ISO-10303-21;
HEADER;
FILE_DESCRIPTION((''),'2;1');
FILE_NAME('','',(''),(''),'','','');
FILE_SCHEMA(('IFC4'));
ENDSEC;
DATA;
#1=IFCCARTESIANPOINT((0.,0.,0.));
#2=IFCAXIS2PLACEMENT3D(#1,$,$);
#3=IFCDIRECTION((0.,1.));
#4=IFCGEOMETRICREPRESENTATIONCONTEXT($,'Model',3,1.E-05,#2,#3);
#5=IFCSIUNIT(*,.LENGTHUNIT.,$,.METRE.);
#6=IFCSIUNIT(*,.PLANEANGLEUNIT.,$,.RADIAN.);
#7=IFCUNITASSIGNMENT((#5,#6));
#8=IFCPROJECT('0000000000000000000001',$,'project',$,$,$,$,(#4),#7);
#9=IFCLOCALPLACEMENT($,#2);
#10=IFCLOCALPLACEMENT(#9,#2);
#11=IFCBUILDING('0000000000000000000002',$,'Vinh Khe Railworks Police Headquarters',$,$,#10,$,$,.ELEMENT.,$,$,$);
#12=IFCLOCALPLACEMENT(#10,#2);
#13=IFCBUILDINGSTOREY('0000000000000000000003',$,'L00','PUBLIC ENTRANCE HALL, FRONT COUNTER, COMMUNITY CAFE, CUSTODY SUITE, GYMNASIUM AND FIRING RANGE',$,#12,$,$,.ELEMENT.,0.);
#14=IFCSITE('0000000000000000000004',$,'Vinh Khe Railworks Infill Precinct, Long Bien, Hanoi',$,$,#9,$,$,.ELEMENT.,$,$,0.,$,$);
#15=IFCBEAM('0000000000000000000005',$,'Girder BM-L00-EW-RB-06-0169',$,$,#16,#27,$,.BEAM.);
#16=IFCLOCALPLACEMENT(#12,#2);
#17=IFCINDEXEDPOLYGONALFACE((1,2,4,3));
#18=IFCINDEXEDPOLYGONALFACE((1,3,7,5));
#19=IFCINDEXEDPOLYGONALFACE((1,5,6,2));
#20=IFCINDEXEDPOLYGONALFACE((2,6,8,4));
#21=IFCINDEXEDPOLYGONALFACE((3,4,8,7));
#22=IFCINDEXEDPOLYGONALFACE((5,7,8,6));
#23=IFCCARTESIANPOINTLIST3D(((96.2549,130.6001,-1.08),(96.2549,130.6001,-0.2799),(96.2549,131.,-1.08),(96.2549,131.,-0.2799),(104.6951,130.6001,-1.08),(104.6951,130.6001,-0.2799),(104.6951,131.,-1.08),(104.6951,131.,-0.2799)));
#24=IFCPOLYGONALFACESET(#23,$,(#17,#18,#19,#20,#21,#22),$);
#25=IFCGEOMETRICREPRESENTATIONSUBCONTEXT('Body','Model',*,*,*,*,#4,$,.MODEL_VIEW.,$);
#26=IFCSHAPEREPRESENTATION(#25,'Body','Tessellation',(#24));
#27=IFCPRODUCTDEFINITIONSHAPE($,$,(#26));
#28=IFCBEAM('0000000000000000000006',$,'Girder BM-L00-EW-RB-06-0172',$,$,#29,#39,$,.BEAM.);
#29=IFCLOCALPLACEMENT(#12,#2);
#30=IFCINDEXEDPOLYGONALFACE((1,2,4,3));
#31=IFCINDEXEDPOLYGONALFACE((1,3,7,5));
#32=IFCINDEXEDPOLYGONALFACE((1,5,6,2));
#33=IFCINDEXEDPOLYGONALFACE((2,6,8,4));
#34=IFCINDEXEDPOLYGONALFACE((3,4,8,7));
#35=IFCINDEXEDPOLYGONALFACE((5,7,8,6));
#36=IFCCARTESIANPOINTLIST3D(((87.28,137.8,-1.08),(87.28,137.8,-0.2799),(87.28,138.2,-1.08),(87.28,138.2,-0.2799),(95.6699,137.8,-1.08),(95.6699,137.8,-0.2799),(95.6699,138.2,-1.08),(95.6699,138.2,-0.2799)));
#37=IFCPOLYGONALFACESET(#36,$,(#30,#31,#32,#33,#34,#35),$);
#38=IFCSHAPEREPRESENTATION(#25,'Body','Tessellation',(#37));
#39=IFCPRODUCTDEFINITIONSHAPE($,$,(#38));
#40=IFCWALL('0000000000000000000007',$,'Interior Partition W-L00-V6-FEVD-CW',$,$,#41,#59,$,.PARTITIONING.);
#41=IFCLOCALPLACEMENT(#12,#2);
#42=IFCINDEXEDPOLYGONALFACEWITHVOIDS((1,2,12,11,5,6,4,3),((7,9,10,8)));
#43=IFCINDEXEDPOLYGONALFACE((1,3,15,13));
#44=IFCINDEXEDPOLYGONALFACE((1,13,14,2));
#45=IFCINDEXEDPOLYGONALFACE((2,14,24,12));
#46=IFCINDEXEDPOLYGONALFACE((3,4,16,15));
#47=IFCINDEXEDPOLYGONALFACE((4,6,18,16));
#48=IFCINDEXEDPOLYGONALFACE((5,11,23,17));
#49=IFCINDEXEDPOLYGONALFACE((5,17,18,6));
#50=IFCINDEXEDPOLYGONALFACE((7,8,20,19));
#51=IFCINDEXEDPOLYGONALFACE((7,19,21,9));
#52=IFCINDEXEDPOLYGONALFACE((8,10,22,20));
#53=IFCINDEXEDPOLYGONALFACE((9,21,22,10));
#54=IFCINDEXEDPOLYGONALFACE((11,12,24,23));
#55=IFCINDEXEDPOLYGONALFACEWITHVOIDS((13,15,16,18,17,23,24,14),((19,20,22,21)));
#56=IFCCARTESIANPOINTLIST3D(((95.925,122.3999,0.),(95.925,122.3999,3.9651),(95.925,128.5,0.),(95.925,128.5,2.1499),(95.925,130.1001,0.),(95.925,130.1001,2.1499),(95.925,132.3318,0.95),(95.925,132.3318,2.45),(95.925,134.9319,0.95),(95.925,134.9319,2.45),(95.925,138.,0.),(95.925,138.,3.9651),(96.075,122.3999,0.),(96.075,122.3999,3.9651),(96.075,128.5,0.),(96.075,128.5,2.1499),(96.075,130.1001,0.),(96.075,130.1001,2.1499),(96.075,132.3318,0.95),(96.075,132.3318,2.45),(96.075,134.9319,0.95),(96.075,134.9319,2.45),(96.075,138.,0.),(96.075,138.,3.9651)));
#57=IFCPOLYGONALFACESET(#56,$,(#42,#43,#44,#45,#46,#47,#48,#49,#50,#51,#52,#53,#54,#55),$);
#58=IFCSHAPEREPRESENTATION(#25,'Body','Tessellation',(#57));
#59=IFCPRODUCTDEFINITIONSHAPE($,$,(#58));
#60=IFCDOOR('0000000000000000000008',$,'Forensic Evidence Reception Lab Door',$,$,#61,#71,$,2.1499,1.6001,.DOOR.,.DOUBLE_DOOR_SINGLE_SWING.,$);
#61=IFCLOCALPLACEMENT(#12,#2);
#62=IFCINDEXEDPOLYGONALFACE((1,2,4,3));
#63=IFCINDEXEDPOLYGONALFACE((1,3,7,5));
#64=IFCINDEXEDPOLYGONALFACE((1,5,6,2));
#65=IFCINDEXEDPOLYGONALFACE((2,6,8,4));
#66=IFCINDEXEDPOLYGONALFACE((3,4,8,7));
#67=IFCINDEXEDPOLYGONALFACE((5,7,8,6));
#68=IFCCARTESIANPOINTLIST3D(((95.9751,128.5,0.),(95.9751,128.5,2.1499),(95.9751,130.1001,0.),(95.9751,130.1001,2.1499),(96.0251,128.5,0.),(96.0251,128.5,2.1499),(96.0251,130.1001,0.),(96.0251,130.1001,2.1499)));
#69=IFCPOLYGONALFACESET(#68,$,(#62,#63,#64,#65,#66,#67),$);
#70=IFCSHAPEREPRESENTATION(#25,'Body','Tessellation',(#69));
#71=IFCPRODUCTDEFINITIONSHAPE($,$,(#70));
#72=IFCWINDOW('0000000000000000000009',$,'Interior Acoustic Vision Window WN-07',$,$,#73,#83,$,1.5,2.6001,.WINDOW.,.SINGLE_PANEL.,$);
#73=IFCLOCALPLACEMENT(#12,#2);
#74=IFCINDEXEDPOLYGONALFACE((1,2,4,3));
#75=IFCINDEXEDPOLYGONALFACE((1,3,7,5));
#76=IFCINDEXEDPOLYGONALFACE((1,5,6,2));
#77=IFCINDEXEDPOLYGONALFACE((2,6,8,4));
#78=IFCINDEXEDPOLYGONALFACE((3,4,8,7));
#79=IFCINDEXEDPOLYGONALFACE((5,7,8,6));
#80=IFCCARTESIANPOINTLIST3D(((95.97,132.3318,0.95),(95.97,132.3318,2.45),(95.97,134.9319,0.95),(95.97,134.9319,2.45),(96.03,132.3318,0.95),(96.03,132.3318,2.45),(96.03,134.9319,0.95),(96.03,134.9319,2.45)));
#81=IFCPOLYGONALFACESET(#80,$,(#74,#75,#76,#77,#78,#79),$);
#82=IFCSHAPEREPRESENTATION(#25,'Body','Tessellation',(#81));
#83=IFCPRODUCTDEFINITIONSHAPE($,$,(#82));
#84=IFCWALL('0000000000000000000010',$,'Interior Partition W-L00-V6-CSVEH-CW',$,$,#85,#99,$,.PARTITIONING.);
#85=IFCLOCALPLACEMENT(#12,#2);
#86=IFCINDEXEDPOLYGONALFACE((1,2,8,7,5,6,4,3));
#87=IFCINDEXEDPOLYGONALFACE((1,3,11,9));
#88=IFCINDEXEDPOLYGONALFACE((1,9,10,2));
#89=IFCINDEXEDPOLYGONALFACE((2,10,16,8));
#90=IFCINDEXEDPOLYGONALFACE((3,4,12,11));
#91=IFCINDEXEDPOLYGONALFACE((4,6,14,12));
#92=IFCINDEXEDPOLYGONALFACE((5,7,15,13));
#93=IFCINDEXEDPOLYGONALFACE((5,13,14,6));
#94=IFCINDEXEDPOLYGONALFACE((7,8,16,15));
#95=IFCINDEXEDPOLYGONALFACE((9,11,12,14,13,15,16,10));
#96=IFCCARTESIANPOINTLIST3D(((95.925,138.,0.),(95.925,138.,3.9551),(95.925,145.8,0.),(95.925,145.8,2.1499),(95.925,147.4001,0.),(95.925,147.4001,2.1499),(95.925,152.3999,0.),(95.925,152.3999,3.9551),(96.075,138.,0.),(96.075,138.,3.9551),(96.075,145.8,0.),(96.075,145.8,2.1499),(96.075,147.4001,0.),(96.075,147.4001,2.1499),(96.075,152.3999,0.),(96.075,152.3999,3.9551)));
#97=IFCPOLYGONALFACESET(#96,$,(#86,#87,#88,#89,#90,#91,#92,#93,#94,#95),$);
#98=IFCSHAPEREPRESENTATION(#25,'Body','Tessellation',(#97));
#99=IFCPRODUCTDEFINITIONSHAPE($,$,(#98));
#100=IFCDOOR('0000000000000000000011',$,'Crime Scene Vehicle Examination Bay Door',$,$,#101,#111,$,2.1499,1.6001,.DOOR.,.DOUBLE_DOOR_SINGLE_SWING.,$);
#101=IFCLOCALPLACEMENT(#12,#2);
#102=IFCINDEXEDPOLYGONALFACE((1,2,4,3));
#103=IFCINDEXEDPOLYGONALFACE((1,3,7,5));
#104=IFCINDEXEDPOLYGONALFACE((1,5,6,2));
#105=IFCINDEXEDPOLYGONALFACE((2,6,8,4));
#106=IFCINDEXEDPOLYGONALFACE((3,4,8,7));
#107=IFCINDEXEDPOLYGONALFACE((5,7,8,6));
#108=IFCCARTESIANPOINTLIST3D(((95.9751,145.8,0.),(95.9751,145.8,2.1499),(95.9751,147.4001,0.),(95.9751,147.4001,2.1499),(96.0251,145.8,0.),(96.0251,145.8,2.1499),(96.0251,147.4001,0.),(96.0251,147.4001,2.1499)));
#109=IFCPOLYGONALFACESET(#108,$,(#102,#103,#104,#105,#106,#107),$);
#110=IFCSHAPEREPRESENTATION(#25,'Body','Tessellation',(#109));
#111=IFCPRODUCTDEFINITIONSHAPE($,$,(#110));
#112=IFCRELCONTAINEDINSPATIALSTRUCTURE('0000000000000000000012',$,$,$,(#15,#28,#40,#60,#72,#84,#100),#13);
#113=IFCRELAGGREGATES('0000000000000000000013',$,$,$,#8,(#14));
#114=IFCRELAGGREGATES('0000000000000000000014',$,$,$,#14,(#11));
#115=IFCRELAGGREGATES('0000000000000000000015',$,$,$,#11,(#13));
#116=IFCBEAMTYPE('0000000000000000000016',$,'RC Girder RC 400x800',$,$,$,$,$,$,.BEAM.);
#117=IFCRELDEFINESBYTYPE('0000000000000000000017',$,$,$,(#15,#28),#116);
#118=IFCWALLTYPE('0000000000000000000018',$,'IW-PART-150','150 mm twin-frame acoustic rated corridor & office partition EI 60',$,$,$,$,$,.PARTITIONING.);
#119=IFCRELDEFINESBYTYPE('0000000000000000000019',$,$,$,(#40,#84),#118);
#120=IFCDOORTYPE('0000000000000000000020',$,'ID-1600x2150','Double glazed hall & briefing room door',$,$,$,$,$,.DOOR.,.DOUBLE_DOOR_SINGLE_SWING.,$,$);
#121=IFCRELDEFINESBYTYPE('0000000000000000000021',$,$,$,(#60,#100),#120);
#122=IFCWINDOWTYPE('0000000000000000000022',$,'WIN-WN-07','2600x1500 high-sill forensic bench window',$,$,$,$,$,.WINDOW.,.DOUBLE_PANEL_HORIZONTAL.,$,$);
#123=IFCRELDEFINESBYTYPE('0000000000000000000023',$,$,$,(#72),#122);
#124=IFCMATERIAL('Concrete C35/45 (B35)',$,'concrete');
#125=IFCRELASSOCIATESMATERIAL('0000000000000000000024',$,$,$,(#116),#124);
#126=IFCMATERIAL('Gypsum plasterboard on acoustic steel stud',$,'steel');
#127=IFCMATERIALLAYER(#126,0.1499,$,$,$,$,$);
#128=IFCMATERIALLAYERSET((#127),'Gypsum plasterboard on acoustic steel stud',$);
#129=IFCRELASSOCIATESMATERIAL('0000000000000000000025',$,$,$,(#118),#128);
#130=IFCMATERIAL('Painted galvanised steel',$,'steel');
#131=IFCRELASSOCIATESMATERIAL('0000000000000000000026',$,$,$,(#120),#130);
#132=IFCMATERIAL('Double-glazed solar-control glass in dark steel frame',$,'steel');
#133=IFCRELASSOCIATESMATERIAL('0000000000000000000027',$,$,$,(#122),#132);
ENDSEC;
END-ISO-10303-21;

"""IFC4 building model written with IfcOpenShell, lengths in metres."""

from ifc_helpers import new_model, si_unit, direction, frame, frame_2d, origin, origin_2d, place, context, subcontext, project, spatial, rectangle, extrude, material, layer, layer_set, material_profile, profile_set, type_object, element, fill, save


model = new_model("IFC4")

# Units and contexts
model_context = context("Model", 3, precision=1e-05, world=origin(), true_north=direction((0.0, 1.0)))
body_context = subcontext(model_context, "Body", "Model", "MODEL_VIEW")
ifc_project = project(units=[si_unit("LENGTHUNIT", "METRE"), si_unit("PLANEANGLEUNIT", "RADIAN")], contexts=[model_context])

# Site, building, storey
site_placement = place(None, origin())
site = spatial("IfcSite", under=ifc_project, at=site_placement, Name="Vinh Khe Railworks Infill Precinct, Long Bien, Hanoi", CompositionType="ELEMENT", RefElevation=0.0)
building_placement = place(site_placement, origin())
building = spatial("IfcBuilding", under=site, at=building_placement, Name="Vinh Khe Railworks Police Headquarters", CompositionType="ELEMENT")
storey_placement = place(building_placement, origin())
storey = spatial("IfcBuildingStorey", under=building, at=storey_placement, Name="L00", Description="PUBLIC ENTRANCE HALL, FRONT COUNTER, COMMUNITY CAFE, CUSTODY SUITE, GYMNASIUM AND FIRING RANGE", CompositionType="ELEMENT", Elevation=0.0)

# Beams
ifc_material_1 = material(Name="Concrete C35/45 (B35)", Category="concrete")
ifc_material_profile_1 = material_profile(ifc_material_1, rectangle(XDim=0.3999, YDim=0.8, at=origin_2d()), Name="RC 400x800")
ifc_profile_set_1 = profile_set([ifc_material_profile_1], Name="Concrete C35/45 (B35)")
beam_type_1 = type_object("IfcBeamType", Name="RC Girder RC 400x800", PredefinedType="BEAM", material=ifc_profile_set_1)
beam_1_placement = place(storey_placement, frame((96.2549, 130.8, -0.6799), z_axis=(1.0, 0.0, 0.0), x_axis=(0.0, 1.0, 0.0)))
element("IfcBeam", 1, at=beam_1_placement, inside=storey, type_object=beam_type_1, Name="Girder BM-L00-EW-RB-06-0169", PredefinedType="BEAM", context=body_context, shape_type="SweptSolid", body=[
    extrude(rectangle(XDim=0.3999, YDim=0.8, at=origin_2d()), origin(), (0.0, 0.0, 1.0), 8.4402),
])
beam_2_placement = place(storey_placement, frame((87.28, 138.0, -0.6799), z_axis=(1.0, 0.0, 0.0), x_axis=(0.0, 1.0, 0.0)))
element("IfcBeam", 2, at=beam_2_placement, inside=storey, type_object=beam_type_1, Name="Girder BM-L00-EW-RB-06-0172", PredefinedType="BEAM", context=body_context, shape_type="SweptSolid", body=[
    extrude(rectangle(XDim=0.3999, YDim=0.8, at=origin_2d()), origin(), (0.0, 0.0, 1.0), 8.3899),
])

# Wall, openings, door, window
ifc_material_2 = material(Name="Gypsum plasterboard on acoustic steel stud", Category="steel")
ifc_layer = layer(ifc_material_2, 0.1499)
ifc_layer_set = layer_set([ifc_layer], Name="Gypsum plasterboard on acoustic steel stud")
wall_type = type_object("IfcWallType", Name="IW-PART-150", Description="150 mm twin-frame acoustic rated corridor & office partition EI 60", PredefinedType="PARTITIONING", material=ifc_layer_set)
wall_1_placement = place(storey_placement, frame((96.0, 122.3999, 0.0), z_axis=(0.0, 0.0, 1.0), x_axis=(0.0, 1.0, 0.0)))
wall_1 = element("IfcWall", 3, at=wall_1_placement, inside=storey, type_object=wall_type, Name="Interior Partition W-L00-V6-FEVD-CW", PredefinedType="PARTITIONING", context=body_context, shape_type="SweptSolid", body=[
    extrude(rectangle(XDim=15.6001, YDim=0.1499, at=frame_2d((7.8, 0.0))), origin(), (0.0, 0.0, 1.0), 3.9651),
])
opening_1_placement = place(wall_1_placement, frame((6.1001, 0.0, 0.0)))
opening_1 = element("IfcOpeningElement", 4, at=opening_1_placement, cuts=wall_1, PredefinedType="OPENING", context=body_context, shape_type="SweptSolid", body=[
    extrude(rectangle(XDim=1.6001, YDim=2.1499, at=frame_2d((0.8, 1.075))), frame((0.0, 0.0898, 0.0), z_axis=(0.0, -1.0, 0.0), x_axis=(1.0, 0.0, 0.0)), (0.0, 0.0, 1.0), 0.1797),
])
opening_2_placement = place(wall_1_placement, frame((9.9319, 0.0, 0.95)))
opening_2 = element("IfcOpeningElement", 5, at=opening_2_placement, cuts=wall_1, PredefinedType="OPENING", context=body_context, shape_type="SweptSolid", body=[
    extrude(rectangle(XDim=2.6001, YDim=1.5, at=frame_2d((1.3, 0.75))), frame((0.0, 0.0898, 0.0), z_axis=(0.0, -1.0, 0.0), x_axis=(1.0, 0.0, 0.0)), (0.0, 0.0, 1.0), 0.1797),
])
ifc_material_3 = material(Name="Painted galvanised steel", Category="steel")
door_type = type_object("IfcDoorType", Name="ID-1600x2150", Description="Double glazed hall & briefing room door", OperationType="DOUBLE_DOOR_SINGLE_SWING", PredefinedType="DOOR", material=ifc_material_3)
door_1_placement = place(opening_1_placement, origin())
door_1 = element("IfcDoor", 6, at=door_1_placement, inside=storey, type_object=door_type, Name="Forensic Evidence Reception Lab Door", OperationType="DOUBLE_DOOR_SINGLE_SWING", OverallHeight=2.1499, OverallWidth=1.6001, PredefinedType="DOOR", context=body_context, shape_type="SweptSolid", body=[
    extrude(rectangle(XDim=1.6001, YDim=2.1499, at=frame_2d((0.8, 1.075))), frame((0.0, 0.0249, 0.0), z_axis=(0.0, -1.0, 0.0), x_axis=(1.0, 0.0, 0.0)), (0.0, 0.0, 1.0), 0.05),
])
fill(opening_1, door_1)
ifc_material_4 = material(Name="Double-glazed solar-control glass in dark steel frame", Category="steel")
window_type = type_object("IfcWindowType", Name="WIN-WN-07", Description="2600x1500 high-sill forensic bench window", PartitioningType="DOUBLE_PANEL_HORIZONTAL", PredefinedType="WINDOW", material=ifc_material_4)
window_placement = place(opening_2_placement, origin())
window = element("IfcWindow", 7, at=window_placement, inside=storey, type_object=window_type, Name="Interior Acoustic Vision Window WN-07", OverallHeight=1.5, OverallWidth=2.6001, PartitioningType="SINGLE_PANEL", PredefinedType="WINDOW", context=body_context, shape_type="SweptSolid", body=[
    extrude(rectangle(XDim=2.6001, YDim=1.5, at=frame_2d((1.3, 0.75))), frame((0.0, 0.03, 0.0), z_axis=(0.0, -1.0, 0.0), x_axis=(1.0, 0.0, 0.0)), (0.0, 0.0, 1.0), 0.0601),
])
fill(opening_2, window)

# Wall, opening, door
wall_2_placement = place(storey_placement, frame((96.0, 138.0, 0.0), z_axis=(0.0, 0.0, 1.0), x_axis=(0.0, 1.0, 0.0)))
wall_2 = element("IfcWall", 8, at=wall_2_placement, inside=storey, type_object=wall_type, Name="Interior Partition W-L00-V6-CSVEH-CW", PredefinedType="PARTITIONING", context=body_context, shape_type="SweptSolid", body=[
    extrude(rectangle(XDim=14.3999, YDim=0.1499, at=frame_2d((7.2, 0.0))), origin(), (0.0, 0.0, 1.0), 3.9551),
])
opening_3_placement = place(wall_2_placement, frame((7.8, 0.0, 0.0)))
opening_3 = element("IfcOpeningElement", 9, at=opening_3_placement, cuts=wall_2, PredefinedType="OPENING", context=body_context, shape_type="SweptSolid", body=[
    extrude(rectangle(XDim=1.6001, YDim=2.1499, at=frame_2d((0.8, 1.075))), frame((0.0, 0.0898, 0.0), z_axis=(0.0, -1.0, 0.0), x_axis=(1.0, 0.0, 0.0)), (0.0, 0.0, 1.0), 0.1797),
])
door_2_placement = place(opening_3_placement, origin())
door_2 = element("IfcDoor", 10, at=door_2_placement, inside=storey, type_object=door_type, Name="Crime Scene Vehicle Examination Bay Door", OperationType="DOUBLE_DOOR_SINGLE_SWING", OverallHeight=2.1499, OverallWidth=1.6001, PredefinedType="DOOR", context=body_context, shape_type="SweptSolid", body=[
    extrude(rectangle(XDim=1.6001, YDim=2.1499, at=frame_2d((0.8, 1.075))), frame((0.0, 0.0249, 0.0), z_axis=(0.0, -1.0, 0.0), x_axis=(1.0, 0.0, 0.0)), (0.0, 0.0, 1.0), 0.05),
])
fill(opening_3, door_2)

save(model, "model.ifc")
